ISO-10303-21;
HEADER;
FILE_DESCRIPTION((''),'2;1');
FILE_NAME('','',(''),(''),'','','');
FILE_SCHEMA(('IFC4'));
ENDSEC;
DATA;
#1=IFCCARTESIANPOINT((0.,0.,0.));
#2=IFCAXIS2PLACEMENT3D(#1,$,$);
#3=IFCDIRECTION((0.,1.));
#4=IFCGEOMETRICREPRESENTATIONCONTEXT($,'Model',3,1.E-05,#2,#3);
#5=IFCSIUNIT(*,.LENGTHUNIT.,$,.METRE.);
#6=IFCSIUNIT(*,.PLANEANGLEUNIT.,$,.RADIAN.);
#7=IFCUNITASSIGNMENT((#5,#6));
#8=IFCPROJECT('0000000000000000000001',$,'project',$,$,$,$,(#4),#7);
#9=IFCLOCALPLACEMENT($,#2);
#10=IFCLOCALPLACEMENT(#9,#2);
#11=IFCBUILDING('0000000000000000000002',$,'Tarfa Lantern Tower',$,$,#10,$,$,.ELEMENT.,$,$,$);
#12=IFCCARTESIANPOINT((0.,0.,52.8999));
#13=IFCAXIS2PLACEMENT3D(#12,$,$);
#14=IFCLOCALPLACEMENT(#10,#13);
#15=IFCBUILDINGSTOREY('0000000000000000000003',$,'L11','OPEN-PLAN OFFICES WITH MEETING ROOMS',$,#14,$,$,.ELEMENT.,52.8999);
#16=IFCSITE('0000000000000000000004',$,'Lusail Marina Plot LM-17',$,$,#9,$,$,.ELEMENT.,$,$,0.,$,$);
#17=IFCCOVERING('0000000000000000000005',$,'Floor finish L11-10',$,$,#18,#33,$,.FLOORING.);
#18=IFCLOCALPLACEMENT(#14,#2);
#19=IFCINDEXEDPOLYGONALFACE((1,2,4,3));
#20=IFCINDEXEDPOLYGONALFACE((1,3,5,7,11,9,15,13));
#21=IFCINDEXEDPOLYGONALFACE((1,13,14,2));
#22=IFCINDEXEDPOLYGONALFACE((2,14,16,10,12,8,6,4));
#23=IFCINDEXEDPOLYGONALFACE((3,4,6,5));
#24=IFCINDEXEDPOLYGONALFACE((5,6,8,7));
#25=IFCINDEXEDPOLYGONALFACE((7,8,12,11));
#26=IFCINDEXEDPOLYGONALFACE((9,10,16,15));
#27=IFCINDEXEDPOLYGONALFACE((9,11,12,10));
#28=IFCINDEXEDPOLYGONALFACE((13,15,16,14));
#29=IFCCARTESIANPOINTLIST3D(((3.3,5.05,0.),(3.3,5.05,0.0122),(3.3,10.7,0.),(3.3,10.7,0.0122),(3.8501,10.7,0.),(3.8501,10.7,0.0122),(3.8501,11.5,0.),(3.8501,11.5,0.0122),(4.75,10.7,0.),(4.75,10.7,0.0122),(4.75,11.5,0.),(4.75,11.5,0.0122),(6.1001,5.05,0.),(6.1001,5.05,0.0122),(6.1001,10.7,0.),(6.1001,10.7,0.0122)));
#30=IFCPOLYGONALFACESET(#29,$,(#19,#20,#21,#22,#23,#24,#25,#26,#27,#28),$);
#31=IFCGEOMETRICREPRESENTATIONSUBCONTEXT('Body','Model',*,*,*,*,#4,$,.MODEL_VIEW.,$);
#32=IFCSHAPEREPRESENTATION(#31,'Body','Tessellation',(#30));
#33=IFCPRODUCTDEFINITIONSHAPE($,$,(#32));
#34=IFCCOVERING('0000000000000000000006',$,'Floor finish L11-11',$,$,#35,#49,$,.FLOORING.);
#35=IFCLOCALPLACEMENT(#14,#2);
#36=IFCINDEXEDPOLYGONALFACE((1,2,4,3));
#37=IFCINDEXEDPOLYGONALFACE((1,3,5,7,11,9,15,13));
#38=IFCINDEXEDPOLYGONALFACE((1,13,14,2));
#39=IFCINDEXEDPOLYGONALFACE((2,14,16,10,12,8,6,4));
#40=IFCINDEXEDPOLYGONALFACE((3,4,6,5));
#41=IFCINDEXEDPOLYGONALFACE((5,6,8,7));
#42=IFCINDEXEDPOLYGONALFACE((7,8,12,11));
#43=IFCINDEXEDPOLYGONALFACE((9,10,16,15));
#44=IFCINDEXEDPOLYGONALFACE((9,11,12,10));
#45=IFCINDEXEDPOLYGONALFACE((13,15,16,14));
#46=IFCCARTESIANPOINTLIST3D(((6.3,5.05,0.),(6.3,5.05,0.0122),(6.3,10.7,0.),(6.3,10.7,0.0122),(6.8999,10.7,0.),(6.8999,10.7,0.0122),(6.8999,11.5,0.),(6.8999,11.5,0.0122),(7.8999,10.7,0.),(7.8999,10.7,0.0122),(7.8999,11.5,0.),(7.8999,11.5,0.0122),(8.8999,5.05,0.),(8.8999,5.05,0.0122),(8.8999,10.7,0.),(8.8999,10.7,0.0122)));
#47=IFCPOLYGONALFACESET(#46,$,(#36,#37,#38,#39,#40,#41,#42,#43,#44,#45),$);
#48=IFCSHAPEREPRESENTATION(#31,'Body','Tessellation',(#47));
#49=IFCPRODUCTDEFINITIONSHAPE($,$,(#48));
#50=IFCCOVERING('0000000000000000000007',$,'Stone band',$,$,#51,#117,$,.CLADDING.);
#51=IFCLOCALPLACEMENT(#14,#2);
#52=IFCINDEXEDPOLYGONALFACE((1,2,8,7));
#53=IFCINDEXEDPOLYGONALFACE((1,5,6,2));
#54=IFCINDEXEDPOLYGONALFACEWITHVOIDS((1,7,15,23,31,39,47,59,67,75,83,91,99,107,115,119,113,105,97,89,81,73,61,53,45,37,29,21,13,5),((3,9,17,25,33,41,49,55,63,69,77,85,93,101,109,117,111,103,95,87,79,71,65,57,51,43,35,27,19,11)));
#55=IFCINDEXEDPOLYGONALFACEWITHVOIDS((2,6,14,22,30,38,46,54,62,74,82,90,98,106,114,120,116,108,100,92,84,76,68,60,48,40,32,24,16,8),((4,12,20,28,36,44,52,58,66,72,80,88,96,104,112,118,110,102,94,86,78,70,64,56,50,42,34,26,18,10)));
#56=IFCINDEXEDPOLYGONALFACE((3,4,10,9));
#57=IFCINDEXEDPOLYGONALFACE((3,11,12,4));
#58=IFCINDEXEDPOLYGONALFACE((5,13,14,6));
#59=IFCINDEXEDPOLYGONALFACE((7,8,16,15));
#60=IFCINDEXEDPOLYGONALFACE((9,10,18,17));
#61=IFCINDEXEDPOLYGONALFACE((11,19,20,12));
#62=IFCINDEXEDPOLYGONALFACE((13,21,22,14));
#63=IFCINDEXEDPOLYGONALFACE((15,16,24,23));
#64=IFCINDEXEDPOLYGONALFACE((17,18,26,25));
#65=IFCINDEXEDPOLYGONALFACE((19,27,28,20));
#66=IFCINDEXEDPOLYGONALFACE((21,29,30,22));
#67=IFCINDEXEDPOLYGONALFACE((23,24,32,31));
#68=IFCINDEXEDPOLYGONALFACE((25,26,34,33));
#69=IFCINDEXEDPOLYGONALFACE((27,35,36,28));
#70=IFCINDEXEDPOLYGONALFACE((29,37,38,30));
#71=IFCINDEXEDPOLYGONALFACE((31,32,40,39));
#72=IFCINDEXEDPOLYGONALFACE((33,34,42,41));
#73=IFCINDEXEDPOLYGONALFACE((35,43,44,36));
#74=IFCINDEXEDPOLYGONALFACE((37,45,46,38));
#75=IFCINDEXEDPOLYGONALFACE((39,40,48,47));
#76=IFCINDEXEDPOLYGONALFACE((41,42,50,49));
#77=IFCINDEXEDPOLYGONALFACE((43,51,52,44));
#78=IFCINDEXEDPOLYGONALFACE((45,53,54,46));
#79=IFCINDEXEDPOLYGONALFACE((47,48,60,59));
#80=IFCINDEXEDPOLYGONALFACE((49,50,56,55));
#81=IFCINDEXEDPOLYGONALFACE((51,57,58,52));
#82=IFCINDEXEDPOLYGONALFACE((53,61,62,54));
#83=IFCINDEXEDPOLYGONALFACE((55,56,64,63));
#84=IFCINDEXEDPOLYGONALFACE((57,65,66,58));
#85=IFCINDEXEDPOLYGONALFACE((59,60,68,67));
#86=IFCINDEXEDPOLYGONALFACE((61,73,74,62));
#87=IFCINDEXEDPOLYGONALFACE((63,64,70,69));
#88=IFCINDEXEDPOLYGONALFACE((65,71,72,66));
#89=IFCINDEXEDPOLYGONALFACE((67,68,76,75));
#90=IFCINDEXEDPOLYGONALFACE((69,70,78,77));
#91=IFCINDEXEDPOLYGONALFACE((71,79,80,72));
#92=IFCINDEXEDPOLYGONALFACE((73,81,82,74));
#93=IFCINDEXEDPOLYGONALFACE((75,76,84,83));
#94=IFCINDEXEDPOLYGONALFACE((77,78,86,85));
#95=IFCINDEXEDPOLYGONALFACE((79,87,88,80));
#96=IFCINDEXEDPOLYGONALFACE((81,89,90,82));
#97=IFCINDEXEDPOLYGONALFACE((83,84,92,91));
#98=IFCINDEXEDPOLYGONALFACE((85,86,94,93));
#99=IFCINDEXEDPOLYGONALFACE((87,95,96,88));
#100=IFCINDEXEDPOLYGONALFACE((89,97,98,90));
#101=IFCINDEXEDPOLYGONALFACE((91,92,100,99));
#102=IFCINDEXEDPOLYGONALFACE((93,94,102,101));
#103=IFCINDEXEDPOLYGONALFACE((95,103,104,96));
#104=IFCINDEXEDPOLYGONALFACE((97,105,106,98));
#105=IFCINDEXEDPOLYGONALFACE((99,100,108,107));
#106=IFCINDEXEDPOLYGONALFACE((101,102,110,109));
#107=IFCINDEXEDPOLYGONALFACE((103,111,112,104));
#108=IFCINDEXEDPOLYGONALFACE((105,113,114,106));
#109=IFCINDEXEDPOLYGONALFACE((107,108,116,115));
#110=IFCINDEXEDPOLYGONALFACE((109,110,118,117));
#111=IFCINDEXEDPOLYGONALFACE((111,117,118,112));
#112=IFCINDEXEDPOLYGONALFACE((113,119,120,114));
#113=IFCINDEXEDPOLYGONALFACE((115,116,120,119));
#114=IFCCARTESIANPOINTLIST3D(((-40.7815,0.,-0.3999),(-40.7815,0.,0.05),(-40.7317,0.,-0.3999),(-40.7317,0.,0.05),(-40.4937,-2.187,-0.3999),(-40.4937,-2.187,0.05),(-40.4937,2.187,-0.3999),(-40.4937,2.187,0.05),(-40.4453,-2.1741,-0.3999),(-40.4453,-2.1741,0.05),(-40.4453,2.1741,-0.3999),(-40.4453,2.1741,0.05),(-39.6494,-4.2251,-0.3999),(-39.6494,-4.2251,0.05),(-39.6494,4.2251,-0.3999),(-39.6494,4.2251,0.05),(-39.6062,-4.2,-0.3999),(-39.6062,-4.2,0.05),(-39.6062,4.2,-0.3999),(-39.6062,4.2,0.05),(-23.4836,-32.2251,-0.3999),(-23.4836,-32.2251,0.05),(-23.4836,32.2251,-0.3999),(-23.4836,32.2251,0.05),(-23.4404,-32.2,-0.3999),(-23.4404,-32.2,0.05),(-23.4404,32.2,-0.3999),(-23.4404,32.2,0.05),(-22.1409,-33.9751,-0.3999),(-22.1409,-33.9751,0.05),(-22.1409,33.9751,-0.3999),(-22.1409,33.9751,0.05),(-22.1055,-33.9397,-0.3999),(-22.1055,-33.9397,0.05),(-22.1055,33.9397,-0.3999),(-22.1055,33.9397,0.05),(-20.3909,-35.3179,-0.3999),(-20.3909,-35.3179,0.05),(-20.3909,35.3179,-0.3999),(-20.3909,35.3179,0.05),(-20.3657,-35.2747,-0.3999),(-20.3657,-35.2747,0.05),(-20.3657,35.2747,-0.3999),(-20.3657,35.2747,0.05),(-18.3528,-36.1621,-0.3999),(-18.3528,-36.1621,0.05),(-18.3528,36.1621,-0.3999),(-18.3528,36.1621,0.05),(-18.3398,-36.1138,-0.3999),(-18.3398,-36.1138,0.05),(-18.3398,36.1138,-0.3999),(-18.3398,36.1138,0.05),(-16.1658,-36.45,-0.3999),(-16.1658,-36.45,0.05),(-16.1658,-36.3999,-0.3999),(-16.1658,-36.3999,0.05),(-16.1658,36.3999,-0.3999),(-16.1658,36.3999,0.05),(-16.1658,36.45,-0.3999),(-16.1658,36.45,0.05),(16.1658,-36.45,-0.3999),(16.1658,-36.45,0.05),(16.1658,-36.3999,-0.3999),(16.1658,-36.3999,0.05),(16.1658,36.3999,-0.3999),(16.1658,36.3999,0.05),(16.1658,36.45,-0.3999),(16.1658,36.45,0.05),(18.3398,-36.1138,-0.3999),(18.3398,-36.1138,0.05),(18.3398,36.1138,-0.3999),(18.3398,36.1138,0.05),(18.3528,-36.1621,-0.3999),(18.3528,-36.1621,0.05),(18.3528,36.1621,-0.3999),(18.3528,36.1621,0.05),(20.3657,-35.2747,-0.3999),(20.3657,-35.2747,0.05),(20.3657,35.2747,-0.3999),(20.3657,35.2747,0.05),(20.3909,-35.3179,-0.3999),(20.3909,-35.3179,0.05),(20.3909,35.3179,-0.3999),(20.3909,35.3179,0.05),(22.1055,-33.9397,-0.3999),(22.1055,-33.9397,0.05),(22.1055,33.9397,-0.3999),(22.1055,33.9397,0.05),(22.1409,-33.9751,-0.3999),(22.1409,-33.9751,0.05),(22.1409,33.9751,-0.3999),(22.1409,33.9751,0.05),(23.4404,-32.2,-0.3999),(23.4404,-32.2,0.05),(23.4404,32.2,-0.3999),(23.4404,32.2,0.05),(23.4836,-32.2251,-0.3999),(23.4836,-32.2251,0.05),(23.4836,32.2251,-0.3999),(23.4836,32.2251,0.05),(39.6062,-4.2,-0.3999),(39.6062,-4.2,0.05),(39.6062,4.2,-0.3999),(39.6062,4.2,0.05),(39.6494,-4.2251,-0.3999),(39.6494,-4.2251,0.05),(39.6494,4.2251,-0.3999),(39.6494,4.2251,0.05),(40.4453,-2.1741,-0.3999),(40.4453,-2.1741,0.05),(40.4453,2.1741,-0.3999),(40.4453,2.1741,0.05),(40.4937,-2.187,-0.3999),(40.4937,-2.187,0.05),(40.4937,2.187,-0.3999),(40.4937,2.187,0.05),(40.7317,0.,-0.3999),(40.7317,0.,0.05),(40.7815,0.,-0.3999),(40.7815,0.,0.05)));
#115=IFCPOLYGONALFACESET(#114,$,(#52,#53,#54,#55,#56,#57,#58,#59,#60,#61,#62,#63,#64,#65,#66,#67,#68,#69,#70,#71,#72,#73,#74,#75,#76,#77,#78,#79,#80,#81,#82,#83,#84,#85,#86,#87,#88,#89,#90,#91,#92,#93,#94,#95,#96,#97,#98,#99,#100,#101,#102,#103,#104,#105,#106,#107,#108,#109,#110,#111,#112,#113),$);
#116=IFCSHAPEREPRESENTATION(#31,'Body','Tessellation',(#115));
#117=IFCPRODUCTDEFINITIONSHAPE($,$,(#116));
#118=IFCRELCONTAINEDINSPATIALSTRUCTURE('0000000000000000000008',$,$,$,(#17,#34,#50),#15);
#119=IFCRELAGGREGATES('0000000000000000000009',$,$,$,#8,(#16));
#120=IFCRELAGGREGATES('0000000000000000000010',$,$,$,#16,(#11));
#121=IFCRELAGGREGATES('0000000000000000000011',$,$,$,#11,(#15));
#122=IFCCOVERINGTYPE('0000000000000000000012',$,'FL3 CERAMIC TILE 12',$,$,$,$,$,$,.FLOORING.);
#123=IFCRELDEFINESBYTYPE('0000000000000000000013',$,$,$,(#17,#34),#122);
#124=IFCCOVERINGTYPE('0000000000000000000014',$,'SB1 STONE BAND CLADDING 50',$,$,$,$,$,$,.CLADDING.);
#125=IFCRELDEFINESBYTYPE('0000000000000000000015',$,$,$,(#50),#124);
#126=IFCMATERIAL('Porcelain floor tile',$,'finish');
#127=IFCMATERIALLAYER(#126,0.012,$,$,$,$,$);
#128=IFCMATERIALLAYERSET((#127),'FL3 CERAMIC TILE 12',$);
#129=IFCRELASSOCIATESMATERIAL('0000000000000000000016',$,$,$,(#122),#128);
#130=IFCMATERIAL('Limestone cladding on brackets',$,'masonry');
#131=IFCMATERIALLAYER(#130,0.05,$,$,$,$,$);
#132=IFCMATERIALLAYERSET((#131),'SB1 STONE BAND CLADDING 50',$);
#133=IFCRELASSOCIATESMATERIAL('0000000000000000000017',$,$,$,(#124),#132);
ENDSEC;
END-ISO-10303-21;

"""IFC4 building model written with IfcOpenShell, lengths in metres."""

from ifc_helpers import new_model, si_unit, direction, frame, origin, place, context, subcontext, project, spatial, polyline, outline, extrude, material, layer, layer_set, type_object, element, save


model = new_model("IFC4")

# Units and contexts
model_context = context("Model", 3, precision=1e-05, world=origin(), true_north=direction((0.0, 1.0)))
body_context = subcontext(model_context, "Body", "Model", "MODEL_VIEW")
ifc_project = project(units=[si_unit("LENGTHUNIT", "METRE"), si_unit("PLANEANGLEUNIT", "RADIAN")], contexts=[model_context])

# Site, building, storey
site_placement = place(None, origin())
site = spatial("IfcSite", under=ifc_project, at=site_placement, Name="Lusail Marina Plot LM-17", CompositionType="ELEMENT", RefElevation=0.0)
building_placement = place(site_placement, origin())
building = spatial("IfcBuilding", under=site, at=building_placement, Name="Tarfa Lantern Tower", CompositionType="ELEMENT")
storey_placement = place(building_placement, frame((0.0, 0.0, 52.8999)))
storey = spatial("IfcBuildingStorey", under=building, at=storey_placement, Name="L11", Description="OPEN-PLAN OFFICES WITH MEETING ROOMS", CompositionType="ELEMENT", Elevation=52.8999)

# Coverings
ifc_material_1 = material(Name="Porcelain floor tile", Category="finish")
ifc_layer_1 = layer(ifc_material_1, 0.012)
ifc_layer_set_1 = layer_set([ifc_layer_1], Name="FL3 CERAMIC TILE 12")
covering_type_1 = type_object("IfcCoveringType", Name="FL3 CERAMIC TILE 12", PredefinedType="FLOORING", material=ifc_layer_set_1)
covering_1_placement = place(storey_placement, origin())
element("IfcCovering", 1, at=covering_1_placement, inside=storey, type_object=covering_type_1, Name="Floor finish L11-10", PredefinedType="FLOORING", context=body_context, shape_type="SweptSolid", body=[
    extrude(outline(polyline([(3.3, 5.05), (6.1001, 5.05), (6.1001, 10.7), (4.75, 10.7), (4.75, 11.5), (3.8501, 11.5), (3.8501, 10.7), (3.3, 10.7), (3.3, 5.05)])), origin(), (0.0, 0.0, 1.0), 0.0122),
])
covering_2_placement = place(storey_placement, origin())
element("IfcCovering", 2, at=covering_2_placement, inside=storey, type_object=covering_type_1, Name="Floor finish L11-11", PredefinedType="FLOORING", context=body_context, shape_type="SweptSolid", body=[
    extrude(outline(polyline([(6.3, 5.05), (8.8999, 5.05), (8.8999, 10.7), (7.8999, 10.7), (7.8999, 11.5), (6.8999, 11.5), (6.8999, 10.7), (6.3, 10.7), (6.3, 5.05)])), origin(), (0.0, 0.0, 1.0), 0.0122),
])
ifc_material_2 = material(Name="Limestone cladding on brackets", Category="masonry")
ifc_layer_2 = layer(ifc_material_2, 0.05)
ifc_layer_set_2 = layer_set([ifc_layer_2], Name="SB1 STONE BAND CLADDING 50")
covering_type_2 = type_object("IfcCoveringType", Name="SB1 STONE BAND CLADDING 50", PredefinedType="CLADDING", material=ifc_layer_set_2)
covering_3_placement = place(storey_placement, frame((0.0, 0.0, -0.3999)))
element("IfcCovering", 3, at=covering_3_placement, inside=storey, type_object=covering_type_2, Name="Stone band", PredefinedType="CLADDING", context=body_context, shape_type="SweptSolid", body=[
    extrude(outline(polyline([(39.6494, 4.2251), (23.4836, 32.2251), (22.1409, 33.9751), (20.3909, 35.3179), (18.3528, 36.1621), (16.1658, 36.45), (-16.1658, 36.45), (-18.3528, 36.1621), (-20.3909, 35.3179), (-22.1409, 33.9751), (-23.4836, 32.2251), (-39.6494, 4.2251), (-40.4937, 2.187), (-40.7815, 0.0), (-40.4937, -2.187), (-39.6494, -4.2251), (-23.4836, -32.2251), (-22.1409, -33.9751), (-20.3909, -35.3179), (-18.3528, -36.1621), (-16.1658, -36.45), (16.1658, -36.45), (18.3528, -36.1621), (20.3909, -35.3179), (22.1409, -33.9751), (23.4836, -32.2251), (39.6494, -4.2251), (40.4937, -2.187), (40.7815, 0.0), (40.4937, 2.187), (39.6494, 4.2251)]), holes=[polyline([(39.6062, 4.2), (23.4404, 32.2), (22.1055, 33.9397), (20.3657, 35.2747), (18.3398, 36.1138), (16.1658, 36.3999), (-16.1658, 36.3999), (-18.3398, 36.1138), (-20.3657, 35.2747), (-22.1055, 33.9397), (-23.4404, 32.2), (-39.6062, 4.2), (-40.4453, 2.1741), (-40.7317, 0.0), (-40.4453, -2.1741), (-39.6062, -4.2), (-23.4404, -32.2), (-22.1055, -33.9397), (-20.3657, -35.2747), (-18.3398, -36.1138), (-16.1658, -36.3999), (16.1658, -36.3999), (18.3398, -36.1138), (20.3657, -35.2747), (22.1055, -33.9397), (23.4404, -32.2), (39.6062, -4.2), (40.4453, -2.1741), (40.7317, 0.0), (40.4453, 2.1741), (39.6062, 4.2)])]), origin(), (0.0, 0.0, 1.0), 0.45),
])

save(model, "model.ifc")
